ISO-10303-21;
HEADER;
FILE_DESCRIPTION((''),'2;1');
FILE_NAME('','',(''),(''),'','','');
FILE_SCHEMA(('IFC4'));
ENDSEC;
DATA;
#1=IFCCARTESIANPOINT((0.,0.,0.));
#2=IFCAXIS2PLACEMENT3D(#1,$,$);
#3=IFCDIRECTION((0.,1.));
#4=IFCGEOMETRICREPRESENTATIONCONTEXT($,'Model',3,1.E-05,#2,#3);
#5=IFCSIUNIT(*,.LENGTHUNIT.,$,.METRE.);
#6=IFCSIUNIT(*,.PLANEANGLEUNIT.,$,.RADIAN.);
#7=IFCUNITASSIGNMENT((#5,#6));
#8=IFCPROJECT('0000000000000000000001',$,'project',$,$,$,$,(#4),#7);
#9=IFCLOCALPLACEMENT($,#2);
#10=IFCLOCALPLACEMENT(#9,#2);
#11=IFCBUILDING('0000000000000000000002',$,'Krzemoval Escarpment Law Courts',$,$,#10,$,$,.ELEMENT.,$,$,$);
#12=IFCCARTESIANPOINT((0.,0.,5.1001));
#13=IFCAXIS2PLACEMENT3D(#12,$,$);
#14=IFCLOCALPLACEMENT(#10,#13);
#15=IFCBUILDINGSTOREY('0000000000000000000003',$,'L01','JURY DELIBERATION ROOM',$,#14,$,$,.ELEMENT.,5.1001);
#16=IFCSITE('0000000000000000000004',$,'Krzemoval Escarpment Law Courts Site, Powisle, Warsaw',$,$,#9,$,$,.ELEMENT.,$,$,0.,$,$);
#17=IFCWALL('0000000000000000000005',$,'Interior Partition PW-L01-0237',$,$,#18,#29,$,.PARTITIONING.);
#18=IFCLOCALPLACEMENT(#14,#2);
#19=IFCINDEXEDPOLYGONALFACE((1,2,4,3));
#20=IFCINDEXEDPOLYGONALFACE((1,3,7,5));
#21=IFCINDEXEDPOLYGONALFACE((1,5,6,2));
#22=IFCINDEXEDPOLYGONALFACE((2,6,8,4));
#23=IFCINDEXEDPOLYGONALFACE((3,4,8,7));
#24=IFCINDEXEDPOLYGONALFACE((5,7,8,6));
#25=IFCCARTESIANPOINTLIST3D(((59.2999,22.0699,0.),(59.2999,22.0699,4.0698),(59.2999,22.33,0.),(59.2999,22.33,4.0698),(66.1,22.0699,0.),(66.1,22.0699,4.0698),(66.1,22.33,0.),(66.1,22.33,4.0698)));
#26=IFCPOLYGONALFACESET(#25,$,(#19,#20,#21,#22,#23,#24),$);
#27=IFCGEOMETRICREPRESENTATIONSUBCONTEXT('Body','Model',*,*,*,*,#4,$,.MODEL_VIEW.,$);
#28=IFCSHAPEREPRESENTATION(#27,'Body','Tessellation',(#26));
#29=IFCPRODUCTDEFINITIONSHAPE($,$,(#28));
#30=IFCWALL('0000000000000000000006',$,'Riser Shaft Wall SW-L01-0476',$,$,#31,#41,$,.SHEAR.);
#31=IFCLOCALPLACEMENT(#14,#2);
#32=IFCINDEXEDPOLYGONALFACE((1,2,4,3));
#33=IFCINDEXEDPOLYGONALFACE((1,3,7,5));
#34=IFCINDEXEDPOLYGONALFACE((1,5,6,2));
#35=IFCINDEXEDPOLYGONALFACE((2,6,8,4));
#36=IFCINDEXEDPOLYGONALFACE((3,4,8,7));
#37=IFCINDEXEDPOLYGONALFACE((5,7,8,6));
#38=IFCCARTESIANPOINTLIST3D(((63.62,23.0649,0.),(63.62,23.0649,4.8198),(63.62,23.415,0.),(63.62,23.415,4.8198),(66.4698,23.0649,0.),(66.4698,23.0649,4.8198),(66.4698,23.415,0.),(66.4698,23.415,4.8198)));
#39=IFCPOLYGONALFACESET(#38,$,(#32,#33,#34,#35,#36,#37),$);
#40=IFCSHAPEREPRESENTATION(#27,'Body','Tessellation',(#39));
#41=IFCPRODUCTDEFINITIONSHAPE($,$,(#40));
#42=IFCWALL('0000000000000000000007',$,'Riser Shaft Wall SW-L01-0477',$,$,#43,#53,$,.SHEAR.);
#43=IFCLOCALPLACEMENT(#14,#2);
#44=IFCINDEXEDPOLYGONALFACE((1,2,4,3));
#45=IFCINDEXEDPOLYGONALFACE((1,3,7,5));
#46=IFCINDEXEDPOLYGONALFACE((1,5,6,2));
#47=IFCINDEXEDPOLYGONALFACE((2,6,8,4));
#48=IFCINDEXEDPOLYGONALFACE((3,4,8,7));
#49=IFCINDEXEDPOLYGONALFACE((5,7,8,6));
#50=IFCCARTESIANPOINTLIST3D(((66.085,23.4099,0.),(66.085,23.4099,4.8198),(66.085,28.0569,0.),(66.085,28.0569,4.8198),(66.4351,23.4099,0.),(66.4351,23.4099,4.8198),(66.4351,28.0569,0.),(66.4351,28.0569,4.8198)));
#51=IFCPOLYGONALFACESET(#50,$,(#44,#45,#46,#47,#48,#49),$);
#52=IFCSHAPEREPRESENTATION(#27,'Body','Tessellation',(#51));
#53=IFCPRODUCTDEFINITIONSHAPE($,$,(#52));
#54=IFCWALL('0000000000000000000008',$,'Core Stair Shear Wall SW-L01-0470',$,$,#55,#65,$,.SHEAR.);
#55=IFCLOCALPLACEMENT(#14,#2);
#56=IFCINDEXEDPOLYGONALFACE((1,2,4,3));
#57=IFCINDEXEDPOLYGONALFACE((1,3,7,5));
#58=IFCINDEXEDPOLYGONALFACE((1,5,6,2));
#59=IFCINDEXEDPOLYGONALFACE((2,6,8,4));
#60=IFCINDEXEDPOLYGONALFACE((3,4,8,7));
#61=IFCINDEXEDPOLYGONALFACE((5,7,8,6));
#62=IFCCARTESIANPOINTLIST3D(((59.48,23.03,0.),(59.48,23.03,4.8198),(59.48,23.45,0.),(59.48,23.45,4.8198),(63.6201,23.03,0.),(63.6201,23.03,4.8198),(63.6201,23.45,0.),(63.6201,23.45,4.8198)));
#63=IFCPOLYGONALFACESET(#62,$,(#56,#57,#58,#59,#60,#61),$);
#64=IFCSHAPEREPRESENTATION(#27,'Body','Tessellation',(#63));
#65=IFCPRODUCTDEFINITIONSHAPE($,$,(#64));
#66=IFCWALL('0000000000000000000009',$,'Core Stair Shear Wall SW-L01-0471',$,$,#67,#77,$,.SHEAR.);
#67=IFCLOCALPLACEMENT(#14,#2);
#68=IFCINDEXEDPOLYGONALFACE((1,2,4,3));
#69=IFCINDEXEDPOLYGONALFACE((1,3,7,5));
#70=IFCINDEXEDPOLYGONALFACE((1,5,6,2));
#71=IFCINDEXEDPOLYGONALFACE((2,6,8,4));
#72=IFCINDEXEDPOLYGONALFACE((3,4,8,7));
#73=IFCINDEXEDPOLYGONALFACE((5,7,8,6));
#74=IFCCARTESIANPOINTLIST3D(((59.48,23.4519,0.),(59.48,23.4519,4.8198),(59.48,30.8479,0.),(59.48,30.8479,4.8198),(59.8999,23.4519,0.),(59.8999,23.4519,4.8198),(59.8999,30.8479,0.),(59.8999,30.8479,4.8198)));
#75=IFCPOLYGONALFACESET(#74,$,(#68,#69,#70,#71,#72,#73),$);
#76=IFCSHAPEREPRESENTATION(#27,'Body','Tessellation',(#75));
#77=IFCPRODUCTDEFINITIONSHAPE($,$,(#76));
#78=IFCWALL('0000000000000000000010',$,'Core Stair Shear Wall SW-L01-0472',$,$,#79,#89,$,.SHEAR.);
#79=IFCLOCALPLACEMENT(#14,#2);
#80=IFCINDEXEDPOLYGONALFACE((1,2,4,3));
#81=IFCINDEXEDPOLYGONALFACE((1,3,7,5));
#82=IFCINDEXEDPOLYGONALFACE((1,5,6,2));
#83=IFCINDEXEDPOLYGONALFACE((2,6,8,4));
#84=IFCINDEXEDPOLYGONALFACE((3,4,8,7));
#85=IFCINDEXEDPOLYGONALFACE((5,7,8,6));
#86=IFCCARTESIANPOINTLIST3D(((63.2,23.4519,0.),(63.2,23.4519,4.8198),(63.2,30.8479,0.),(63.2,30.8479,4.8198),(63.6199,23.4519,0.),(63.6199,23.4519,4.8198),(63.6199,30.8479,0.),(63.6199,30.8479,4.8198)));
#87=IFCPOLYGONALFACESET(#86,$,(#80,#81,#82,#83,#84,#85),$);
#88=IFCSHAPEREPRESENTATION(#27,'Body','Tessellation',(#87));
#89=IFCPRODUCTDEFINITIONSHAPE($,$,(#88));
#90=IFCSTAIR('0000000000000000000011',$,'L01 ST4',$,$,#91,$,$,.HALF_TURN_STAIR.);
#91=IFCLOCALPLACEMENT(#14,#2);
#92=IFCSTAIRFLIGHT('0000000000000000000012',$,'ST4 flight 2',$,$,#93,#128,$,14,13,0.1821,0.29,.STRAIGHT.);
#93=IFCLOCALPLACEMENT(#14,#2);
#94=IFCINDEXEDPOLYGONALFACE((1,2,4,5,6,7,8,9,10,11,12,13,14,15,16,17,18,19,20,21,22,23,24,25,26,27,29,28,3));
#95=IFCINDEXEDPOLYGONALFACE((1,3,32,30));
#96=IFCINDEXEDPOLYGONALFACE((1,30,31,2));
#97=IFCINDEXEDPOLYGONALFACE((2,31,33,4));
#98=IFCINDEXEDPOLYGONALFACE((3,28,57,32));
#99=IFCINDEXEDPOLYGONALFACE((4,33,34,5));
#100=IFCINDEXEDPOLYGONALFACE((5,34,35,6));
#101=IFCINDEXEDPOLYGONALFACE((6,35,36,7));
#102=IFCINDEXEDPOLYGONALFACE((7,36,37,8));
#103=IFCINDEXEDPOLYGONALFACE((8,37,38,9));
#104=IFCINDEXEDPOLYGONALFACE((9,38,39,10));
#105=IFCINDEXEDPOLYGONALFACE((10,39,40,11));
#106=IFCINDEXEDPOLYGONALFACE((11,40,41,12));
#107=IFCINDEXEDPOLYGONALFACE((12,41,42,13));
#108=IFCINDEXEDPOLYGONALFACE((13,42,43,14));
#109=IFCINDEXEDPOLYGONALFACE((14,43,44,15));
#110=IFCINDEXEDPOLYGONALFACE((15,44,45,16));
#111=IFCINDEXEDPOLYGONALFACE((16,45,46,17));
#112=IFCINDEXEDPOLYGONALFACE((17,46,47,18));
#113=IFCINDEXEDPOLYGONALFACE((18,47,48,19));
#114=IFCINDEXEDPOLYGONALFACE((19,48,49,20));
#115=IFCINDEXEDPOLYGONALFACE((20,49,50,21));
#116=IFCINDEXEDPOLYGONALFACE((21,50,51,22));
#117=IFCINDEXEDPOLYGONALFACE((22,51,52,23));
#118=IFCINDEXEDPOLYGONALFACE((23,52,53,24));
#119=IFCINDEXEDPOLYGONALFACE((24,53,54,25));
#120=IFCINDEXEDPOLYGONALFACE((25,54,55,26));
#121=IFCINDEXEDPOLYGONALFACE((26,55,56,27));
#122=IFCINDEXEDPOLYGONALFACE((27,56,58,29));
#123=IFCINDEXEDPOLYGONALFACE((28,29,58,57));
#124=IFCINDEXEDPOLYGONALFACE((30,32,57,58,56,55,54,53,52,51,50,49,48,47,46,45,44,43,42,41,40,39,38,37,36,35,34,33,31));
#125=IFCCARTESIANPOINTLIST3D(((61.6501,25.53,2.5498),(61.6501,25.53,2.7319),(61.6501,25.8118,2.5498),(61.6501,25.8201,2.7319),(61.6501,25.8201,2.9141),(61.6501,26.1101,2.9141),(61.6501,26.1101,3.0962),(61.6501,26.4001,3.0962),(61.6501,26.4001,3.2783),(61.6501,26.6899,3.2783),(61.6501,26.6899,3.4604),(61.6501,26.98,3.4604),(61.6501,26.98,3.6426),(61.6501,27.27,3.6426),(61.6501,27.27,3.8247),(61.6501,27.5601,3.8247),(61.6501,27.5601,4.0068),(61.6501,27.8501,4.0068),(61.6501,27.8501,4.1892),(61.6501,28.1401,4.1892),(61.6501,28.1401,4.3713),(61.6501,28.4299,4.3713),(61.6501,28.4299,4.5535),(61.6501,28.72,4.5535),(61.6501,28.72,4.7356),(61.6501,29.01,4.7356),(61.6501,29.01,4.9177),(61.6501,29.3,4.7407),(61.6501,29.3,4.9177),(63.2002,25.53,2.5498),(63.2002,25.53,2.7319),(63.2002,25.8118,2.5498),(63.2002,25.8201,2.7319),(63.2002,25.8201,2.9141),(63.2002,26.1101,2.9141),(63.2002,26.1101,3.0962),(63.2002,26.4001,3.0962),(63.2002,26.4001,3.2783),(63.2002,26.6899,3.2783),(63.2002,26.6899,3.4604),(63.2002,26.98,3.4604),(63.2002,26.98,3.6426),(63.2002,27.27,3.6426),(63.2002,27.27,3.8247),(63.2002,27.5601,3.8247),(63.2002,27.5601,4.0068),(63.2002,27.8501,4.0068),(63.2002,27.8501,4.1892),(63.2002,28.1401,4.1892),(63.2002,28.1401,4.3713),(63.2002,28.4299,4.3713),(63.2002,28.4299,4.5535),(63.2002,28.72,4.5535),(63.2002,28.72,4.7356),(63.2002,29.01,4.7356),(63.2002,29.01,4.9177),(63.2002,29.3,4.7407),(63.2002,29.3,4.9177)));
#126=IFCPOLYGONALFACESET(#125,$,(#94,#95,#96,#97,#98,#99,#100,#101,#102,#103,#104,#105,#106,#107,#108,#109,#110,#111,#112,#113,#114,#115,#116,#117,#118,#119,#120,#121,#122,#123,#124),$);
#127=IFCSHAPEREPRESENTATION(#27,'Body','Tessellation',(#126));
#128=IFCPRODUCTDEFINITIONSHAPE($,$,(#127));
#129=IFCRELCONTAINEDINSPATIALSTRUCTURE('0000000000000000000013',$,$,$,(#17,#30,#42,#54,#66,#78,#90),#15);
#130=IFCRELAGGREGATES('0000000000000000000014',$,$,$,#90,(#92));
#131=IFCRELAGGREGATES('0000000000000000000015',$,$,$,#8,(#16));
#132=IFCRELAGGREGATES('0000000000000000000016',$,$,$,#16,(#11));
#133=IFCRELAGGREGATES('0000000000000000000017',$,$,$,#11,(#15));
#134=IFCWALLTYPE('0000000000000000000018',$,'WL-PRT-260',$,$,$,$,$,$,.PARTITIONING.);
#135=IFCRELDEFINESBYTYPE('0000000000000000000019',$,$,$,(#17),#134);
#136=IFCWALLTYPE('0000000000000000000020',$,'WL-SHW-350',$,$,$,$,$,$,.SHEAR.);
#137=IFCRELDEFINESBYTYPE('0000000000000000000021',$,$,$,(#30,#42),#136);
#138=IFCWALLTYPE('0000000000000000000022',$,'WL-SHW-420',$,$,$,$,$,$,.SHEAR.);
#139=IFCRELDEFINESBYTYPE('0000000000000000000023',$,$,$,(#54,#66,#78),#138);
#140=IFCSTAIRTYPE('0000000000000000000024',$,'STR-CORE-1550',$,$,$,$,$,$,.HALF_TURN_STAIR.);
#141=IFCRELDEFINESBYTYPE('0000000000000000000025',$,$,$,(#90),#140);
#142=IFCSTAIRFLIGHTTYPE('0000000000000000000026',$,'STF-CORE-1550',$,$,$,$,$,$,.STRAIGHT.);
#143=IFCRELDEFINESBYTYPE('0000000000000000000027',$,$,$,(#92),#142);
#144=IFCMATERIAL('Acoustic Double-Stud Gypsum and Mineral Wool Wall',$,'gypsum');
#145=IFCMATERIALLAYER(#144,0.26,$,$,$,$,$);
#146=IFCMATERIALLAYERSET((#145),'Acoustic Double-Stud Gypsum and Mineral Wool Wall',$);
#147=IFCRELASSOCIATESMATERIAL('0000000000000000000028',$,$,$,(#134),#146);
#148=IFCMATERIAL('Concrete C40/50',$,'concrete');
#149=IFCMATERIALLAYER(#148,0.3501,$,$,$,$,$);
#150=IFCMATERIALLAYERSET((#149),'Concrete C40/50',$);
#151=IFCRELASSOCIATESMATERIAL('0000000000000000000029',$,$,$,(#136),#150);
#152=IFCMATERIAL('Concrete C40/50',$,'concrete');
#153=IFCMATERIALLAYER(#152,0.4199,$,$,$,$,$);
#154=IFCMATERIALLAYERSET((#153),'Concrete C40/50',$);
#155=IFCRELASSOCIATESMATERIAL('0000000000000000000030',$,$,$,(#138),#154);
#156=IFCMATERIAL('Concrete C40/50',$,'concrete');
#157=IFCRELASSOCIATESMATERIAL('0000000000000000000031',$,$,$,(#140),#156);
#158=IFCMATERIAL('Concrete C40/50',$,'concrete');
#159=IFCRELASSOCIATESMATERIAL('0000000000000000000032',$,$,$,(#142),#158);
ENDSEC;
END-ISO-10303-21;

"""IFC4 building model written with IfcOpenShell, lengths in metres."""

from ifc_helpers import new_model, si_unit, direction, frame, frame_2d, origin, place, context, subcontext, project, spatial, polyline, rectangle, outline, extrude, material, layer, layer_set, type_object, element, aggregate, save


model = new_model("IFC4")

# Units and contexts
model_context = context("Model", 3, precision=1e-05, world=origin(), true_north=direction((0.0, 1.0)))
body_context = subcontext(model_context, "Body", "Model", "MODEL_VIEW")
ifc_project = project(units=[si_unit("LENGTHUNIT", "METRE"), si_unit("PLANEANGLEUNIT", "RADIAN")], contexts=[model_context])

# Site, building, storey
site_placement = place(None, origin())
site = spatial("IfcSite", under=ifc_project, at=site_placement, Name="Krzemoval Escarpment Law Courts Site, Powisle, Warsaw", CompositionType="ELEMENT", RefElevation=0.0)
building_placement = place(site_placement, origin())
building = spatial("IfcBuilding", under=site, at=building_placement, Name="Krzemoval Escarpment Law Courts", CompositionType="ELEMENT")
storey_placement = place(building_placement, frame((0.0, 0.0, 5.1001)))
storey = spatial("IfcBuildingStorey", under=building, at=storey_placement, Name="L01", Description="JURY DELIBERATION ROOM", CompositionType="ELEMENT", Elevation=5.1001)

# Shared definitions
ifc_material_1 = material(Name="Acoustic Double-Stud Gypsum and Mineral Wool Wall", Category="gypsum")
ifc_layer_1 = layer(ifc_material_1, 0.26)
ifc_layer_set_1 = layer_set([ifc_layer_1], Name="Acoustic Double-Stud Gypsum and Mineral Wool Wall")
wall_type_1 = type_object("IfcWallType", Name="WL-PRT-260", PredefinedType="PARTITIONING", material=ifc_layer_set_1)

# Walls
wall_1_placement = place(storey_placement, frame((59.3, 22.2, 0.0), z_axis=(0.0, 0.0, 1.0), x_axis=(1.0, 0.0, 0.0)))
element("IfcWall", 1, at=wall_1_placement, inside=storey, type_object=wall_type_1, Name="Interior Partition PW-L01-0237", PredefinedType="PARTITIONING", context=body_context, shape_type="SweptSolid", body=[
    extrude(rectangle(XDim=6.8, YDim=0.26, at=frame_2d((3.3999, 0.0))), origin(), (0.0, 0.0, 1.0), 4.0698),
])
ifc_material_2 = material(Name="Concrete C40/50", Category="concrete")
ifc_layer_2 = layer(ifc_material_2, 0.3501)
ifc_layer_set_2 = layer_set([ifc_layer_2], Name="Concrete C40/50")
wall_type_2 = type_object("IfcWallType", Name="WL-SHW-350", PredefinedType="SHEAR", material=ifc_layer_set_2)
wall_2_placement = place(storey_placement, frame((63.6201, 23.24, 0.0), z_axis=(0.0, 0.0, 1.0), x_axis=(1.0, 0.0, 0.0)))
element("IfcWall", 2, at=wall_2_placement, inside=storey, type_object=wall_type_2, Name="Riser Shaft Wall SW-L01-0476", PredefinedType="SHEAR", context=body_context, shape_type="SweptSolid", body=[
    extrude(rectangle(XDim=2.8499, YDim=0.3501, at=frame_2d((1.4248, 0.0))), origin(), (0.0, 0.0, 1.0), 4.8198),
])
wall_3_placement = place(storey_placement, frame((66.26, 23.4099, 0.0), z_axis=(0.0, 0.0, 1.0), x_axis=(0.0, 1.0, 0.0)))
element("IfcWall", 3, at=wall_3_placement, inside=storey, type_object=wall_type_2, Name="Riser Shaft Wall SW-L01-0477", PredefinedType="SHEAR", context=body_context, shape_type="SweptSolid", body=[
    extrude(rectangle(XDim=4.647, YDim=0.3501, at=frame_2d((2.3235, 0.0))), origin(), (0.0, 0.0, 1.0), 4.8198),
])
ifc_material_3 = material(Name="Concrete C40/50", Category="concrete")
ifc_layer_3 = layer(ifc_material_3, 0.4199)
ifc_layer_set_3 = layer_set([ifc_layer_3], Name="Concrete C40/50")
wall_type_3 = type_object("IfcWallType", Name="WL-SHW-420", PredefinedType="SHEAR", material=ifc_layer_set_3)
wall_4_placement = place(storey_placement, frame((59.48, 23.24, 0.0), z_axis=(0.0, 0.0, 1.0), x_axis=(1.0, 0.0, 0.0)))
element("IfcWall", 4, at=wall_4_placement, inside=storey, type_object=wall_type_3, Name="Core Stair Shear Wall SW-L01-0470", PredefinedType="SHEAR", context=body_context, shape_type="SweptSolid", body=[
    extrude(rectangle(XDim=4.1401, YDim=0.4199, at=frame_2d((2.0701, 0.0))), origin(), (0.0, 0.0, 1.0), 4.8198),
])
for number, where, z_axis, x_axis, name in (
    (5, (59.6899, 23.4519, 0.0), (0.0, 0.0, 1.0), (0.0, 1.0, 0.0), "Core Stair Shear Wall SW-L01-0471"),
    (6, (63.4099, 23.4519, 0.0), (0.0, 0.0, 1.0), (0.0, 1.0, 0.0), "Core Stair Shear Wall SW-L01-0472"),
):
    element("IfcWall", number, at=place(storey_placement, frame(where, z_axis=z_axis, x_axis=x_axis)), inside=storey, type_object=wall_type_3, Name=name, PredefinedType="SHEAR", context=body_context, shape_type="SweptSolid", body=[
        extrude(rectangle(XDim=7.396, YDim=0.4199, at=frame_2d((3.698, 0.0))), origin(), (0.0, 0.0, 1.0), 4.8198),
    ])

# Stair, stair flight
ifc_material_4 = material(Name="Concrete C40/50", Category="concrete")
stair_type = type_object("IfcStairType", Name="STR-CORE-1550", PredefinedType="HALF_TURN_STAIR", material=ifc_material_4)
stair_placement = place(storey_placement, origin())
stair = element("IfcStair", 7, at=stair_placement, inside=storey, type_object=stair_type, Name="L01 ST4", PredefinedType="HALF_TURN_STAIR")
ifc_material_5 = material(Name="Concrete C40/50", Category="concrete")
stair_flight_type = type_object("IfcStairFlightType", Name="STF-CORE-1550", PredefinedType="STRAIGHT", material=ifc_material_5)
stair_flight_placement = place(storey_placement, frame((62.425, 25.53, 2.5498), z_axis=(0.0, 0.0, 1.0), x_axis=(0.0, 1.0, 0.0)))
stair_flight = element("IfcStairFlight", 8, at=stair_flight_placement, type_object=stair_flight_type, Name="ST4 flight 2", NumberOfRisers=14, NumberOfTreads=13, PredefinedType="STRAIGHT", RiserHeight=0.1821, TreadLength=0.29, context=body_context, shape_type="SweptSolid", body=[
    extrude(outline(polyline([(0.0, 0.0), (0.0, 0.1821), (0.29, 0.1821), (0.29, 0.3643), (0.5801, 0.3643), (0.5801, 0.5464), (0.8701, 0.5464), (0.8701, 0.7285), (1.1599, 0.7285), (1.1599, 0.9106), (1.45, 0.9106), (1.45, 1.0928), (1.74, 1.0928), (1.74, 1.2749), (2.03, 1.2749), (2.03, 1.457), (2.3201, 1.457), (2.3201, 1.6394), (2.6101, 1.6394), (2.6101, 1.8215), (2.8999, 1.8215), (2.8999, 2.0037), (3.1899, 2.0037), (3.1899, 2.1858), (3.48, 2.1858), (3.48, 2.3679), (3.77, 2.3679), (3.77, 2.55), (3.77, 2.1909), (0.2817, 0.0), (0.0, 0.0)])), frame((0.0, 0.7749, 0.0), z_axis=(0.0, -1.0, 0.0), x_axis=(1.0, 0.0, 0.0)), (0.0, 0.0, 1.0), 1.55),
])
aggregate(stair, [stair_flight])

save(model, "model.ifc")
